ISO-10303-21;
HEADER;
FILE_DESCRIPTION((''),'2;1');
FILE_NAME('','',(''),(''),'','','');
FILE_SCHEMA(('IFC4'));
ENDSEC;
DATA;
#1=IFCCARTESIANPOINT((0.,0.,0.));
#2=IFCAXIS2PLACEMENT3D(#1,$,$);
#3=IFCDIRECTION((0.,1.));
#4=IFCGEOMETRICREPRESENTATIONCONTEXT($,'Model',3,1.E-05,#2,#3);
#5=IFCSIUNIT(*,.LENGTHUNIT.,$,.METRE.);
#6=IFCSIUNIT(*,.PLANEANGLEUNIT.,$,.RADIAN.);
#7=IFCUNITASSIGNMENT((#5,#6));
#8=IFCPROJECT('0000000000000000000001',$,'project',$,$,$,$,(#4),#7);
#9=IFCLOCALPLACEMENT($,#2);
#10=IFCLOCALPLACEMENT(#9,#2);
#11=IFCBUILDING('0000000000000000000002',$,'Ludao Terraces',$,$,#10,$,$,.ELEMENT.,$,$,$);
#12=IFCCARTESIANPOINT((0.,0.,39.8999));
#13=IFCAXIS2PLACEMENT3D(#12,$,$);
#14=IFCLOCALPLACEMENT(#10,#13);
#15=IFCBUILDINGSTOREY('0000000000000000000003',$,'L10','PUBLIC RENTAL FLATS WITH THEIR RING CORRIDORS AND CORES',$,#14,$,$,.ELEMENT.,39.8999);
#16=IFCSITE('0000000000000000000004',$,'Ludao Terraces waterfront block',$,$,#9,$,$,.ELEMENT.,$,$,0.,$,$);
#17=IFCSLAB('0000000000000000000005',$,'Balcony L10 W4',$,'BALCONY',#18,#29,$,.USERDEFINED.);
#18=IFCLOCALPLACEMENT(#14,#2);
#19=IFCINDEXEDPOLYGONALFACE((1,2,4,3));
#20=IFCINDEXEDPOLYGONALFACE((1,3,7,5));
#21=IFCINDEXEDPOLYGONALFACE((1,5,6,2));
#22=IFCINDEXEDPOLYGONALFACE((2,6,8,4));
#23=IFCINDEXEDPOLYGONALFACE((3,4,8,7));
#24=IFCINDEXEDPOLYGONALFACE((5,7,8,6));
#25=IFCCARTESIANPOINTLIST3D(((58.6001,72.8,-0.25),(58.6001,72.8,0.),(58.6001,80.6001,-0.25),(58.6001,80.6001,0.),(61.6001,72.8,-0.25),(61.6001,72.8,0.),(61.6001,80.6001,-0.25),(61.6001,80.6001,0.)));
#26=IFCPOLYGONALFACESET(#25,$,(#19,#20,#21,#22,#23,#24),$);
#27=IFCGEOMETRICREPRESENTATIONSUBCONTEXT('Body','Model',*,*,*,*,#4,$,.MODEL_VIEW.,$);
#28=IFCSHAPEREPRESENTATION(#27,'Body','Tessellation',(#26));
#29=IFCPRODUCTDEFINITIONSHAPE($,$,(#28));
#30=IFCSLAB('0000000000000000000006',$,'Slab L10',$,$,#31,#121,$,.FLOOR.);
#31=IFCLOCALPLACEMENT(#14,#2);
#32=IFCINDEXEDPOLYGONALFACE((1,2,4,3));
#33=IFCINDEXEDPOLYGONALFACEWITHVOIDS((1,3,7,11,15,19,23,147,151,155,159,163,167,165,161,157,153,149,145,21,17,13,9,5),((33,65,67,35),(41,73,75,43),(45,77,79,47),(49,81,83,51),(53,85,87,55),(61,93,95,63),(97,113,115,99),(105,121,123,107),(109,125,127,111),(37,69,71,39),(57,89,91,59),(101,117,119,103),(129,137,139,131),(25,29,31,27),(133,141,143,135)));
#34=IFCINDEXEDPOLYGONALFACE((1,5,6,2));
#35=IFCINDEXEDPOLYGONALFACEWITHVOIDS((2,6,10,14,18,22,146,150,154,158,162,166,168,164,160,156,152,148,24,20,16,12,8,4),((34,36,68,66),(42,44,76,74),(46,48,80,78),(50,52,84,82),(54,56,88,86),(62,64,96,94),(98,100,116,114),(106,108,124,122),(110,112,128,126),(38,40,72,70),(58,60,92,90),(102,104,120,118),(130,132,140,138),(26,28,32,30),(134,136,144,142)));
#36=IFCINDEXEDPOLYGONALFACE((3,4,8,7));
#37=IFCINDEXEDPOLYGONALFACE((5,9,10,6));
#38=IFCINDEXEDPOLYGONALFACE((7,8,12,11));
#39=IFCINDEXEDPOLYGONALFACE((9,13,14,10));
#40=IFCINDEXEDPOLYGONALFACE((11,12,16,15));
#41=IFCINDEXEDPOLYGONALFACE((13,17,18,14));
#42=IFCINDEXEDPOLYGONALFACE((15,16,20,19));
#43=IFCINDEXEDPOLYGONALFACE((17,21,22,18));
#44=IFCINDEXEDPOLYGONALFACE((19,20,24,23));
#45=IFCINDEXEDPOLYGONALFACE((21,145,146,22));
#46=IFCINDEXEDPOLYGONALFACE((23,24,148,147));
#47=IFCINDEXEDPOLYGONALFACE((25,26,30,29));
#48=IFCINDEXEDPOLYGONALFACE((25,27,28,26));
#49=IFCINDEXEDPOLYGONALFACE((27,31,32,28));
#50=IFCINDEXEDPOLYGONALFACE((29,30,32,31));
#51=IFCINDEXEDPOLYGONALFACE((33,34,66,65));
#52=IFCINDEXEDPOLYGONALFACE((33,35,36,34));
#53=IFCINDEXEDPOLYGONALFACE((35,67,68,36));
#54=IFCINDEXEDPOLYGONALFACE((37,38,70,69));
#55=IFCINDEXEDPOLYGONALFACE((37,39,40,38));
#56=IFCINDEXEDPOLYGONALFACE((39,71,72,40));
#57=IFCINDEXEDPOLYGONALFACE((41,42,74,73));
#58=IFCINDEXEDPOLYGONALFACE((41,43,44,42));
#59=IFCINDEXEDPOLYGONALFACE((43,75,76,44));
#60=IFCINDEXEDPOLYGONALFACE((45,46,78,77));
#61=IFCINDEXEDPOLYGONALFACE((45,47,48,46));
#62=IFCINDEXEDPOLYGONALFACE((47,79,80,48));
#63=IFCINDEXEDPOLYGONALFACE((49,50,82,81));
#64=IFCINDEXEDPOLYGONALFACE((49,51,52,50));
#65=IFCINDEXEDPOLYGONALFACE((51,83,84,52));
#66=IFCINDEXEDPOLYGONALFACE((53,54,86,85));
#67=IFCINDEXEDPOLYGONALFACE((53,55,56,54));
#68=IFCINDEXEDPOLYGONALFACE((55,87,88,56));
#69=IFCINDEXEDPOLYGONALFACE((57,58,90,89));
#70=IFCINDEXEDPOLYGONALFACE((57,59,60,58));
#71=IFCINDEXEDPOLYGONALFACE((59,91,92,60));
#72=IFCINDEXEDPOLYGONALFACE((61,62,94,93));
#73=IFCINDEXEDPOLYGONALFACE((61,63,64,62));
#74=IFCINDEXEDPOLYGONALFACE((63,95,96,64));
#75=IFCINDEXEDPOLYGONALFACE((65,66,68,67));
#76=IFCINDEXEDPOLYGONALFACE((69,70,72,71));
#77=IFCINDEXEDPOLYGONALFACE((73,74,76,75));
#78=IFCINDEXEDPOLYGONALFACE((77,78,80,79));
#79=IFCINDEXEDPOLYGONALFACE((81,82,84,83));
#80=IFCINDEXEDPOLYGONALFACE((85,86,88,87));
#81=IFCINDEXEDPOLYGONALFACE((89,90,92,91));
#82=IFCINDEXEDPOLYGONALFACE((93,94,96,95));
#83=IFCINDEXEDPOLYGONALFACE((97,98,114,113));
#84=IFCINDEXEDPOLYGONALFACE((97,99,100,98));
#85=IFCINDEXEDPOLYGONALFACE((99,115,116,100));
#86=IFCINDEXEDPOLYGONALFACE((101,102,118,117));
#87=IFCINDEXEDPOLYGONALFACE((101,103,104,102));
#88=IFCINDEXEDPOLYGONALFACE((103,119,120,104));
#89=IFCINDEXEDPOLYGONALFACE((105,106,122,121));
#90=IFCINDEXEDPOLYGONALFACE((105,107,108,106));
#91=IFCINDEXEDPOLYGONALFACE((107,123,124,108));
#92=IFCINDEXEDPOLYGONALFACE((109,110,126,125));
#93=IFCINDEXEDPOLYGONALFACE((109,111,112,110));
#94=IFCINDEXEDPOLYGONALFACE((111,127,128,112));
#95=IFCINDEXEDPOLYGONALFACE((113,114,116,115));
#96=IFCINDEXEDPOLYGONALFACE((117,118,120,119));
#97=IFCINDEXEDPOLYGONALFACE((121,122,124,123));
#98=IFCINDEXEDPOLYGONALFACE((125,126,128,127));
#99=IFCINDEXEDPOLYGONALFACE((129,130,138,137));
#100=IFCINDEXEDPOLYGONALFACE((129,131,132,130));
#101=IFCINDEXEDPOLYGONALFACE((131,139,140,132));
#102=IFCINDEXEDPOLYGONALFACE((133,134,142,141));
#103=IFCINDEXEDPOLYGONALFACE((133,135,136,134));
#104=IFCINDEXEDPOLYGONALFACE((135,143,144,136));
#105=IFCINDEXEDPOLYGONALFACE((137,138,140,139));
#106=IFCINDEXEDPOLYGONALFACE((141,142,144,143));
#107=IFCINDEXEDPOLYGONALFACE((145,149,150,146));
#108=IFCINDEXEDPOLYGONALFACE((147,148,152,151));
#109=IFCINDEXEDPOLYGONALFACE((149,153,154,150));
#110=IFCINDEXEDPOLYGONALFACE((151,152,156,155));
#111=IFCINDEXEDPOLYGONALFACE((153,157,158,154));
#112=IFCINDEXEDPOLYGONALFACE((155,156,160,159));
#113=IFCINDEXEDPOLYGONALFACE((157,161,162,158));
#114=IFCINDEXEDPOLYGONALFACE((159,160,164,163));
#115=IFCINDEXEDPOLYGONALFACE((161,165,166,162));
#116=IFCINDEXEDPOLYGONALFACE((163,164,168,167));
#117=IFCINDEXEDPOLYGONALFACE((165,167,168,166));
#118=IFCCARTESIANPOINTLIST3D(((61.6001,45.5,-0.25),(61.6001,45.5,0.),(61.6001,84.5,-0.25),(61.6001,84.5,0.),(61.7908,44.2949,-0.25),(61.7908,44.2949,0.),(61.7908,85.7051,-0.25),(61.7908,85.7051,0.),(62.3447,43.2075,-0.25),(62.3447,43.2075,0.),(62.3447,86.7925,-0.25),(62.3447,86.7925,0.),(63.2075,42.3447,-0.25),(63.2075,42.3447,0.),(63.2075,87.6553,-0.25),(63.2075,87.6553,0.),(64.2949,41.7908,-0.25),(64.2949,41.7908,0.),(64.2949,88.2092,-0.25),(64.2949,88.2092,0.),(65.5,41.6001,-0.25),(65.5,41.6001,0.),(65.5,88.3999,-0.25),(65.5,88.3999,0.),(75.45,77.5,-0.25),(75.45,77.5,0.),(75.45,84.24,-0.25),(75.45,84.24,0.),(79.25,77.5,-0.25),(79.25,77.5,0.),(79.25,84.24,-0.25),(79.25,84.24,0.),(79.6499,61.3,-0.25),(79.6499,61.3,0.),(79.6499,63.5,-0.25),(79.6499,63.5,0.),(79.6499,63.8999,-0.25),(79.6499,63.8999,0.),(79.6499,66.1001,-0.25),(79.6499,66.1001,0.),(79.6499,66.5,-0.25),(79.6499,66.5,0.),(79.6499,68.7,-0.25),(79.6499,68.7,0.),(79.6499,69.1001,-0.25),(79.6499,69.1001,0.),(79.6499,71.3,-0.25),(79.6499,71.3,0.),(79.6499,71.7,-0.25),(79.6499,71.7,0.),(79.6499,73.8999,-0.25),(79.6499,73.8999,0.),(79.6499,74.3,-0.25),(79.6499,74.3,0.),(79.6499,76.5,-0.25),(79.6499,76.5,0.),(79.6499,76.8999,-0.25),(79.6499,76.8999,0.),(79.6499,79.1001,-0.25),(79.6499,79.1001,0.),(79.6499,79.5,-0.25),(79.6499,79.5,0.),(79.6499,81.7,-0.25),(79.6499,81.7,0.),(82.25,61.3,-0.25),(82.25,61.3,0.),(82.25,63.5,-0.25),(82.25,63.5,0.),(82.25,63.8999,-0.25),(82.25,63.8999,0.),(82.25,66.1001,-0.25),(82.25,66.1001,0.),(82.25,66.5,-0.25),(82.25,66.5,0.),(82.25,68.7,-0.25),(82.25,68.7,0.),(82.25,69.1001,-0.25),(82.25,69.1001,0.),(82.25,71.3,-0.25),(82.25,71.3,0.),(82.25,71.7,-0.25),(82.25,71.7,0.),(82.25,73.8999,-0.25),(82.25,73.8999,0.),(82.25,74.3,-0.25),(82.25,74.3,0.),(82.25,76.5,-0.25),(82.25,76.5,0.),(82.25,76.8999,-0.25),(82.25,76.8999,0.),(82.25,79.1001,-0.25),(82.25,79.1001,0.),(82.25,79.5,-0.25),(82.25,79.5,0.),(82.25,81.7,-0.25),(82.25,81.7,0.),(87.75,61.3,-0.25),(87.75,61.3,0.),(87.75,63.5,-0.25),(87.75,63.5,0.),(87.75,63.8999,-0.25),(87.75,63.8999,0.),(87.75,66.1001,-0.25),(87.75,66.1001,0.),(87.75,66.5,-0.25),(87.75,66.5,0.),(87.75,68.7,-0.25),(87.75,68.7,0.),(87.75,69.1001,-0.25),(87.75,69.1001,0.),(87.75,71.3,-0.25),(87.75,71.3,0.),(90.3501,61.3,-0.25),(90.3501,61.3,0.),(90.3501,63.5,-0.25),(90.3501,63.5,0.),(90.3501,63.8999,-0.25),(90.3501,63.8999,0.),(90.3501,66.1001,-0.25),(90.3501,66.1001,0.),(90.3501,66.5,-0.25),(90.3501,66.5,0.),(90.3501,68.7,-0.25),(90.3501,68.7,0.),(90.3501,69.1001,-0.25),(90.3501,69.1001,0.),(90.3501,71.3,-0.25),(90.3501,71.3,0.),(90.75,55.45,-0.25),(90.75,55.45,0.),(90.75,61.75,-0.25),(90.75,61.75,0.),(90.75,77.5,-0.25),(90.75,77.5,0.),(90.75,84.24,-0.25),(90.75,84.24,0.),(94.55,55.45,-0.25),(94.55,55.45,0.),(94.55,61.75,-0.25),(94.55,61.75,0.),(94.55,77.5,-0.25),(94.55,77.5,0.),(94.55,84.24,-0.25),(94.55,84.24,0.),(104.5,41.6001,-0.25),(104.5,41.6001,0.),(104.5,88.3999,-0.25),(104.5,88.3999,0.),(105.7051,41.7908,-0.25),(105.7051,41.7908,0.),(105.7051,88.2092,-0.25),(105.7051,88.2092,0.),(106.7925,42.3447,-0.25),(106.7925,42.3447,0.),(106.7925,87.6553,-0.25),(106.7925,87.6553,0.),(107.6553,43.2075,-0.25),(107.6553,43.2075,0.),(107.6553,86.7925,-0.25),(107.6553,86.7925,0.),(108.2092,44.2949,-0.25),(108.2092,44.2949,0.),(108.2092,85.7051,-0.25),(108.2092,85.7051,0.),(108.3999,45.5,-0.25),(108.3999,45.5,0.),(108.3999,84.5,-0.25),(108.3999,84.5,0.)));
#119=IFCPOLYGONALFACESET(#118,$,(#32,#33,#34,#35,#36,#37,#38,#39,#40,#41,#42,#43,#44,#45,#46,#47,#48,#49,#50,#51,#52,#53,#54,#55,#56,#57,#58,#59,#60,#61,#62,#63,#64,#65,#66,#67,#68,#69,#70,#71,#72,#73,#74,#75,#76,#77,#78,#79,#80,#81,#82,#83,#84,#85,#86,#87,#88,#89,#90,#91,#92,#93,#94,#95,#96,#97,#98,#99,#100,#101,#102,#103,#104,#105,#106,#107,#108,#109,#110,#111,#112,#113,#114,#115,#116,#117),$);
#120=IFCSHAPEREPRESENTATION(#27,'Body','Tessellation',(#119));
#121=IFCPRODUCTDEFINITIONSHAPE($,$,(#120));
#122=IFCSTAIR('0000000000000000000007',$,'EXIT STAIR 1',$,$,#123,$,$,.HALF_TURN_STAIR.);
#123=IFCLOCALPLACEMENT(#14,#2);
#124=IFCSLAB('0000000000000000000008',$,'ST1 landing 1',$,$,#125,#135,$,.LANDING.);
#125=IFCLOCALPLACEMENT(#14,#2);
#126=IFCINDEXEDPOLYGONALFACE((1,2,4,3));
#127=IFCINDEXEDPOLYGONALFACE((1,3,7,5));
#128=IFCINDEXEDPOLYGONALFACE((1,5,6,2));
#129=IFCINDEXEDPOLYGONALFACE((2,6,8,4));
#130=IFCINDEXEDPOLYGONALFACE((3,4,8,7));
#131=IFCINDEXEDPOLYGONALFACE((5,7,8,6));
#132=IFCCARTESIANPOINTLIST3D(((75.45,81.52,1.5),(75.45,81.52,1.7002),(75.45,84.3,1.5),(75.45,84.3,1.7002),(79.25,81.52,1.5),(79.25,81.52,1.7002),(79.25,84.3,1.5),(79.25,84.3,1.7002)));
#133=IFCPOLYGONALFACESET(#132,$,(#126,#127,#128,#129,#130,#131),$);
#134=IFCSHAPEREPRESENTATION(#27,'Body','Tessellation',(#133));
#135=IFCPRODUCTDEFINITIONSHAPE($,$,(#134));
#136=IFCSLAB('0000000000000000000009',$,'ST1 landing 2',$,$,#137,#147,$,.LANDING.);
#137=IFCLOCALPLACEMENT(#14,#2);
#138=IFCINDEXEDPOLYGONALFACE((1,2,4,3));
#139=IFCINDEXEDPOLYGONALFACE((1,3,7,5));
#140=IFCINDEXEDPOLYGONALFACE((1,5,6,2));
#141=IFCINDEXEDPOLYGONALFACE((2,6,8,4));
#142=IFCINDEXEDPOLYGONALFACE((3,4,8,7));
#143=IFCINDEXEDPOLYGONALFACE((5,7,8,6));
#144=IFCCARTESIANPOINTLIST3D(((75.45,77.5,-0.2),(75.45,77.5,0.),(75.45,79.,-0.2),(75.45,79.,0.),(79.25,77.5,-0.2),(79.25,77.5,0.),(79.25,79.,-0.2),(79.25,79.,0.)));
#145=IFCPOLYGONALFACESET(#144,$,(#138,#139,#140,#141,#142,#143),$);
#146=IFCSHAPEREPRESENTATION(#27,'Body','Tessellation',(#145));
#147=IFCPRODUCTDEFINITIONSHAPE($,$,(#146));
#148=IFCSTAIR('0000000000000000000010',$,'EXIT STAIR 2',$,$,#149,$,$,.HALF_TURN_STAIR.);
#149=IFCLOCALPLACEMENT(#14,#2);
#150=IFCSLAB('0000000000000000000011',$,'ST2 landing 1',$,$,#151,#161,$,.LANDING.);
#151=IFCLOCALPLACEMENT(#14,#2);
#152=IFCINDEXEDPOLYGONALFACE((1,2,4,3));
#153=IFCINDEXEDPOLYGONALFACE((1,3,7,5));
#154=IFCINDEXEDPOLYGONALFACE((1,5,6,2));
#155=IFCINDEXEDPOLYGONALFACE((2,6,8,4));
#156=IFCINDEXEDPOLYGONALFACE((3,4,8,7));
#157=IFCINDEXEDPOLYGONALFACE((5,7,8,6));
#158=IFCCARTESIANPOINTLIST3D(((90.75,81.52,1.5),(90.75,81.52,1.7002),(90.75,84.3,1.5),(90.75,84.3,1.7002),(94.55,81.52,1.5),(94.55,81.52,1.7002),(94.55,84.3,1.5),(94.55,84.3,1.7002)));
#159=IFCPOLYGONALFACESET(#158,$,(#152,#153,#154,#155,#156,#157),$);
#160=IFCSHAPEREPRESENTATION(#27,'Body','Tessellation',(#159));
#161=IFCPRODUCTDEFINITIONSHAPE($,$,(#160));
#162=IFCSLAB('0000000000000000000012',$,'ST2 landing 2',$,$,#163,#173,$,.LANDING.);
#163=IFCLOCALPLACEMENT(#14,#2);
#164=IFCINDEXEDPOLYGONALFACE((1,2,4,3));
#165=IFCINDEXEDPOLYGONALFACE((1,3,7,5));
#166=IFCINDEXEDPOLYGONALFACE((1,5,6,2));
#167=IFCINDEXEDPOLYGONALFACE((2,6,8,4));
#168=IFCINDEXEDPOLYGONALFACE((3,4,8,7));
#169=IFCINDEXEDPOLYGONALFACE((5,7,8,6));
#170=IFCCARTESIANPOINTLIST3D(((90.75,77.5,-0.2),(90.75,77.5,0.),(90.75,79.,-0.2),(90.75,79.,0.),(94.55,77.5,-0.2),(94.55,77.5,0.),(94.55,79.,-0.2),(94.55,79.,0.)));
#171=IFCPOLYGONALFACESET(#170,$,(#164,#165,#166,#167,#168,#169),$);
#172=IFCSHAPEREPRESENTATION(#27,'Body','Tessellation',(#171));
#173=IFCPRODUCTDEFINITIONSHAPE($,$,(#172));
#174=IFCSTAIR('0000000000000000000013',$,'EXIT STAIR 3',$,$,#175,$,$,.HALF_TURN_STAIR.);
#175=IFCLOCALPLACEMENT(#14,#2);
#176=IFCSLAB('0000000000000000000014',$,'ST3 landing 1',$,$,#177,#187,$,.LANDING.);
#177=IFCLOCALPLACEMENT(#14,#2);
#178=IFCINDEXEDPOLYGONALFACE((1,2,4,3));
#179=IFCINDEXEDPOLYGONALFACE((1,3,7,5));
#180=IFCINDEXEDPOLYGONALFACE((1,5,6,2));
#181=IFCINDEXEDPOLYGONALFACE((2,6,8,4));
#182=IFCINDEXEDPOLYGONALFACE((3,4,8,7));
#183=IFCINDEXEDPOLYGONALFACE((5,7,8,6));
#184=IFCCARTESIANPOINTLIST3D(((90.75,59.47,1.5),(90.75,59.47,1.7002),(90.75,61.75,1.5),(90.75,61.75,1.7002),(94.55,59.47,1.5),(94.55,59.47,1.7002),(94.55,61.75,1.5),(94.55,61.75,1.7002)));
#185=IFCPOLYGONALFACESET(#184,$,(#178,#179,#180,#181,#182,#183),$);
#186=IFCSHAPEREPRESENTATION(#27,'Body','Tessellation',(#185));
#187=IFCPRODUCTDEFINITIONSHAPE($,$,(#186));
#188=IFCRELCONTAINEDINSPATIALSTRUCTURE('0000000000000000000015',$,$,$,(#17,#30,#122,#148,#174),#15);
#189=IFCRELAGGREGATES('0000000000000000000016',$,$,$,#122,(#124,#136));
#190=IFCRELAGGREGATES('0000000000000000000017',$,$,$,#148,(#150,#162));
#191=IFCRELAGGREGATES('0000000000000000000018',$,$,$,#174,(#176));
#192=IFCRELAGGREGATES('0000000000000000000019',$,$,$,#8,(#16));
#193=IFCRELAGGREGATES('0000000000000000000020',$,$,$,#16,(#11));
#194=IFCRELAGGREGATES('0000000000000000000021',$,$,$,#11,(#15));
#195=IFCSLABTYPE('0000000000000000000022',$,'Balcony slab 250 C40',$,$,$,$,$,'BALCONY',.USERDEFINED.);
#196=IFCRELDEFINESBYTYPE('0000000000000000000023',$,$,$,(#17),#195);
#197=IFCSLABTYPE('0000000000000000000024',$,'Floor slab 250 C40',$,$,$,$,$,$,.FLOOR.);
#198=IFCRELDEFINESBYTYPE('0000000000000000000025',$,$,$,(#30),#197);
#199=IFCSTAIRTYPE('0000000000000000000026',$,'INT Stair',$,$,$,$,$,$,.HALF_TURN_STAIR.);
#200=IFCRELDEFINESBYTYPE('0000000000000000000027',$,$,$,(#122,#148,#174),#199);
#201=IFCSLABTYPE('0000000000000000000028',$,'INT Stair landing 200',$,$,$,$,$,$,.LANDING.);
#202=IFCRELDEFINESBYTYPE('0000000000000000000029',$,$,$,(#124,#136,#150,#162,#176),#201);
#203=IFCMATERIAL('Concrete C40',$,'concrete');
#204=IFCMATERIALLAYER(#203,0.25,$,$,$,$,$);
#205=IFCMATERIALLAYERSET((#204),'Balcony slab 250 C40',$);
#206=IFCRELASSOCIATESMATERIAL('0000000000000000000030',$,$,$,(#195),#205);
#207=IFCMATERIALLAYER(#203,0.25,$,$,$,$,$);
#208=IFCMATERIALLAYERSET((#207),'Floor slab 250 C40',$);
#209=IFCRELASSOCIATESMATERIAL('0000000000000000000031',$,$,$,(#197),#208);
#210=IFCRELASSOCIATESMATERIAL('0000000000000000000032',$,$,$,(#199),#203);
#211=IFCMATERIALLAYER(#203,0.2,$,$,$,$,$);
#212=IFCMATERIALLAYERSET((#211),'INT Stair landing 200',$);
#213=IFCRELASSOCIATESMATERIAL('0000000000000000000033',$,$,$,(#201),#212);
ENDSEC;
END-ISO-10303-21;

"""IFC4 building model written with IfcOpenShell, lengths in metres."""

from ifc_helpers import new_model, si_unit, direction, frame, origin, place, context, subcontext, project, spatial, polyline, outline, extrude, material, layer, layer_set, type_object, element, aggregate, save


model = new_model("IFC4")

# Units and contexts
model_context = context("Model", 3, precision=1e-05, world=origin(), true_north=direction((0.0, 1.0)))
body_context = subcontext(model_context, "Body", "Model", "MODEL_VIEW")
ifc_project = project(units=[si_unit("LENGTHUNIT", "METRE"), si_unit("PLANEANGLEUNIT", "RADIAN")], contexts=[model_context])

# Site, building, storey
site_placement = place(None, origin())
site = spatial("IfcSite", under=ifc_project, at=site_placement, Name="Ludao Terraces waterfront block", CompositionType="ELEMENT", RefElevation=0.0)
building_placement = place(site_placement, origin())
building = spatial("IfcBuilding", under=site, at=building_placement, Name="Ludao Terraces", CompositionType="ELEMENT")
storey_placement = place(building_placement, frame((0.0, 0.0, 39.8999)))
storey = spatial("IfcBuildingStorey", under=building, at=storey_placement, Name="L10", Description="PUBLIC RENTAL FLATS WITH THEIR RING CORRIDORS AND CORES", CompositionType="ELEMENT", Elevation=39.8999)

# Shared definitions
ifc_material_1 = material(Name="Concrete C40", Category="concrete")

# Slabs
ifc_layer_1 = layer(ifc_material_1, 0.25)
ifc_layer_set_1 = layer_set([ifc_layer_1], Name="Balcony slab 250 C40")
slab_type_1 = type_object("IfcSlabType", Name="Balcony slab 250 C40", ElementType="BALCONY", PredefinedType="USERDEFINED", material=ifc_layer_set_1)
slab_1_placement = place(storey_placement, frame((0.0, 0.0, -0.25)))
element("IfcSlab", 1, at=slab_1_placement, inside=storey, type_object=slab_type_1, Name="Balcony L10 W4", ObjectType="BALCONY", PredefinedType="USERDEFINED", context=body_context, shape_type="SweptSolid", body=[
    extrude(outline(polyline([(58.6001, 72.8), (61.6001, 72.8), (61.6001, 80.6001), (58.6001, 80.6001), (58.6001, 72.8)])), origin(), (0.0, 0.0, 1.0), 0.25),
])
ifc_layer_2 = layer(ifc_material_1, 0.25)
ifc_layer_set_2 = layer_set([ifc_layer_2], Name="Floor slab 250 C40")
slab_type_2 = type_object("IfcSlabType", Name="Floor slab 250 C40", PredefinedType="FLOOR", material=ifc_layer_set_2)
slab_2_placement = place(storey_placement, frame((0.0, 0.0, -0.25)))
element("IfcSlab", 2, at=slab_2_placement, inside=storey, type_object=slab_type_2, Name="Slab L10", PredefinedType="FLOOR", context=body_context, shape_type="SweptSolid", body=[
    extrude(outline(polyline([(104.5, 41.6001), (105.7051, 41.7908), (106.7925, 42.3447), (107.6553, 43.2075), (108.2092, 44.2949), (108.3999, 45.5), (108.3999, 84.5), (108.2092, 85.7051), (107.6553, 86.7925), (106.7925, 87.6553), (105.7051, 88.2092), (104.5, 88.3999), (65.5, 88.3999), (64.2949, 88.2092), (63.2075, 87.6553), (62.3447, 86.7925), (61.7908, 85.7051), (61.6001, 84.5), (61.6001, 45.5), (61.7908, 44.2949), (62.3447, 43.2075), (63.2075, 42.3447), (64.2949, 41.7908), (65.5, 41.6001), (104.5, 41.6001)]), holes=[polyline([(79.6499, 61.3), (82.25, 61.3), (82.25, 63.5), (79.6499, 63.5), (79.6499, 61.3)]), polyline([(79.6499, 63.8999), (82.25, 63.8999), (82.25, 66.1001), (79.6499, 66.1001), (79.6499, 63.8999)]), polyline([(79.6499, 66.5), (82.25, 66.5), (82.25, 68.7), (79.6499, 68.7), (79.6499, 66.5)]), polyline([(79.6499, 69.1001), (82.25, 69.1001), (82.25, 71.3), (79.6499, 71.3), (79.6499, 69.1001)]), polyline([(79.6499, 71.7), (82.25, 71.7), (82.25, 73.8999), (79.6499, 73.8999), (79.6499, 71.7)]), polyline([(79.6499, 74.3), (82.25, 74.3), (82.25, 76.5), (79.6499, 76.5), (79.6499, 74.3)]), polyline([(79.6499, 76.8999), (82.25, 76.8999), (82.25, 79.1001), (79.6499, 79.1001), (79.6499, 76.8999)]), polyline([(79.6499, 79.5), (82.25, 79.5), (82.25, 81.7), (79.6499, 81.7), (79.6499, 79.5)]), polyline([(87.75, 61.3), (90.3501, 61.3), (90.3501, 63.5), (87.75, 63.5), (87.75, 61.3)]), polyline([(87.75, 63.8999), (90.3501, 63.8999), (90.3501, 66.1001), (87.75, 66.1001), (87.75, 63.8999)]), polyline([(87.75, 66.5), (90.3501, 66.5), (90.3501, 68.7), (87.75, 68.7), (87.75, 66.5)]), polyline([(87.75, 69.1001), (90.3501, 69.1001), (90.3501, 71.3), (87.75, 71.3), (87.75, 69.1001)]), polyline([(75.45, 77.5), (79.25, 77.5), (79.25, 84.24), (75.45, 84.24), (75.45, 77.5)]), polyline([(90.75, 77.5), (94.55, 77.5), (94.55, 84.24), (90.75, 84.24), (90.75, 77.5)]), polyline([(90.75, 55.45), (94.55, 55.45), (94.55, 61.75), (90.75, 61.75), (90.75, 55.45)])]), origin(), (0.0, 0.0, 1.0), 0.25),
])

# Stairs, slabs
stair_type = type_object("IfcStairType", Name="INT Stair", PredefinedType="HALF_TURN_STAIR", material=ifc_material_1)
stair_1_placement = place(storey_placement, origin())
stair_1 = element("IfcStair", 3, at=stair_1_placement, inside=storey, type_object=stair_type, Name="EXIT STAIR 1", PredefinedType="HALF_TURN_STAIR")
ifc_layer_3 = layer(ifc_material_1, 0.2)
ifc_layer_set_3 = layer_set([ifc_layer_3], Name="INT Stair landing 200")
slab_type_3 = type_object("IfcSlabType", Name="INT Stair landing 200", PredefinedType="LANDING", material=ifc_layer_set_3)
slab_3_placement = place(storey_placement, frame((0.0, 0.0, 1.5)))
slab_3 = element("IfcSlab", 4, at=slab_3_placement, type_object=slab_type_3, Name="ST1 landing 1", PredefinedType="LANDING", context=body_context, shape_type="SweptSolid", body=[
    extrude(outline(polyline([(75.45, 81.52), (79.25, 81.52), (79.25, 84.3), (75.45, 84.3), (75.45, 81.52)])), origin(), (0.0, 0.0, 1.0), 0.2002),
])
slab_4_placement = place(storey_placement, frame((0.0, 0.0, -0.2)))
slab_4 = element("IfcSlab", 5, at=slab_4_placement, type_object=slab_type_3, Name="ST1 landing 2", PredefinedType="LANDING", context=body_context, shape_type="SweptSolid", body=[
    extrude(outline(polyline([(75.45, 77.5), (79.25, 77.5), (79.25, 79.0), (75.45, 79.0), (75.45, 77.5)])), origin(), (0.0, 0.0, 1.0), 0.2),
])
aggregate(stair_1, [slab_3, slab_4])
stair_2_placement = place(storey_placement, origin())
stair_2 = element("IfcStair", 6, at=stair_2_placement, inside=storey, type_object=stair_type, Name="EXIT STAIR 2", PredefinedType="HALF_TURN_STAIR")
slab_5_placement = place(storey_placement, frame((0.0, 0.0, 1.5)))
slab_5 = element("IfcSlab", 7, at=slab_5_placement, type_object=slab_type_3, Name="ST2 landing 1", PredefinedType="LANDING", context=body_context, shape_type="SweptSolid", body=[
    extrude(outline(polyline([(90.75, 81.52), (94.55, 81.52), (94.55, 84.3), (90.75, 84.3), (90.75, 81.52)])), origin(), (0.0, 0.0, 1.0), 0.2002),
])
slab_6_placement = place(storey_placement, frame((0.0, 0.0, -0.2)))
slab_6 = element("IfcSlab", 8, at=slab_6_placement, type_object=slab_type_3, Name="ST2 landing 2", PredefinedType="LANDING", context=body_context, shape_type="SweptSolid", body=[
    extrude(outline(polyline([(90.75, 77.5), (94.55, 77.5), (94.55, 79.0), (90.75, 79.0), (90.75, 77.5)])), origin(), (0.0, 0.0, 1.0), 0.2),
])
aggregate(stair_2, [slab_5, slab_6])
stair_3_placement = place(storey_placement, origin())
stair_3 = element("IfcStair", 9, at=stair_3_placement, inside=storey, type_object=stair_type, Name="EXIT STAIR 3", PredefinedType="HALF_TURN_STAIR")
slab_7_placement = place(storey_placement, frame((0.0, 0.0, 1.5)))
slab_7 = element("IfcSlab", 10, at=slab_7_placement, type_object=slab_type_3, Name="ST3 landing 1", PredefinedType="LANDING", context=body_context, shape_type="SweptSolid", body=[
    extrude(outline(polyline([(90.75, 59.47), (94.55, 59.47), (94.55, 61.75), (90.75, 61.75), (90.75, 59.47)])), origin(), (0.0, 0.0, 1.0), 0.2002),
])
aggregate(stair_3, [slab_7])

save(model, "model.ifc")
